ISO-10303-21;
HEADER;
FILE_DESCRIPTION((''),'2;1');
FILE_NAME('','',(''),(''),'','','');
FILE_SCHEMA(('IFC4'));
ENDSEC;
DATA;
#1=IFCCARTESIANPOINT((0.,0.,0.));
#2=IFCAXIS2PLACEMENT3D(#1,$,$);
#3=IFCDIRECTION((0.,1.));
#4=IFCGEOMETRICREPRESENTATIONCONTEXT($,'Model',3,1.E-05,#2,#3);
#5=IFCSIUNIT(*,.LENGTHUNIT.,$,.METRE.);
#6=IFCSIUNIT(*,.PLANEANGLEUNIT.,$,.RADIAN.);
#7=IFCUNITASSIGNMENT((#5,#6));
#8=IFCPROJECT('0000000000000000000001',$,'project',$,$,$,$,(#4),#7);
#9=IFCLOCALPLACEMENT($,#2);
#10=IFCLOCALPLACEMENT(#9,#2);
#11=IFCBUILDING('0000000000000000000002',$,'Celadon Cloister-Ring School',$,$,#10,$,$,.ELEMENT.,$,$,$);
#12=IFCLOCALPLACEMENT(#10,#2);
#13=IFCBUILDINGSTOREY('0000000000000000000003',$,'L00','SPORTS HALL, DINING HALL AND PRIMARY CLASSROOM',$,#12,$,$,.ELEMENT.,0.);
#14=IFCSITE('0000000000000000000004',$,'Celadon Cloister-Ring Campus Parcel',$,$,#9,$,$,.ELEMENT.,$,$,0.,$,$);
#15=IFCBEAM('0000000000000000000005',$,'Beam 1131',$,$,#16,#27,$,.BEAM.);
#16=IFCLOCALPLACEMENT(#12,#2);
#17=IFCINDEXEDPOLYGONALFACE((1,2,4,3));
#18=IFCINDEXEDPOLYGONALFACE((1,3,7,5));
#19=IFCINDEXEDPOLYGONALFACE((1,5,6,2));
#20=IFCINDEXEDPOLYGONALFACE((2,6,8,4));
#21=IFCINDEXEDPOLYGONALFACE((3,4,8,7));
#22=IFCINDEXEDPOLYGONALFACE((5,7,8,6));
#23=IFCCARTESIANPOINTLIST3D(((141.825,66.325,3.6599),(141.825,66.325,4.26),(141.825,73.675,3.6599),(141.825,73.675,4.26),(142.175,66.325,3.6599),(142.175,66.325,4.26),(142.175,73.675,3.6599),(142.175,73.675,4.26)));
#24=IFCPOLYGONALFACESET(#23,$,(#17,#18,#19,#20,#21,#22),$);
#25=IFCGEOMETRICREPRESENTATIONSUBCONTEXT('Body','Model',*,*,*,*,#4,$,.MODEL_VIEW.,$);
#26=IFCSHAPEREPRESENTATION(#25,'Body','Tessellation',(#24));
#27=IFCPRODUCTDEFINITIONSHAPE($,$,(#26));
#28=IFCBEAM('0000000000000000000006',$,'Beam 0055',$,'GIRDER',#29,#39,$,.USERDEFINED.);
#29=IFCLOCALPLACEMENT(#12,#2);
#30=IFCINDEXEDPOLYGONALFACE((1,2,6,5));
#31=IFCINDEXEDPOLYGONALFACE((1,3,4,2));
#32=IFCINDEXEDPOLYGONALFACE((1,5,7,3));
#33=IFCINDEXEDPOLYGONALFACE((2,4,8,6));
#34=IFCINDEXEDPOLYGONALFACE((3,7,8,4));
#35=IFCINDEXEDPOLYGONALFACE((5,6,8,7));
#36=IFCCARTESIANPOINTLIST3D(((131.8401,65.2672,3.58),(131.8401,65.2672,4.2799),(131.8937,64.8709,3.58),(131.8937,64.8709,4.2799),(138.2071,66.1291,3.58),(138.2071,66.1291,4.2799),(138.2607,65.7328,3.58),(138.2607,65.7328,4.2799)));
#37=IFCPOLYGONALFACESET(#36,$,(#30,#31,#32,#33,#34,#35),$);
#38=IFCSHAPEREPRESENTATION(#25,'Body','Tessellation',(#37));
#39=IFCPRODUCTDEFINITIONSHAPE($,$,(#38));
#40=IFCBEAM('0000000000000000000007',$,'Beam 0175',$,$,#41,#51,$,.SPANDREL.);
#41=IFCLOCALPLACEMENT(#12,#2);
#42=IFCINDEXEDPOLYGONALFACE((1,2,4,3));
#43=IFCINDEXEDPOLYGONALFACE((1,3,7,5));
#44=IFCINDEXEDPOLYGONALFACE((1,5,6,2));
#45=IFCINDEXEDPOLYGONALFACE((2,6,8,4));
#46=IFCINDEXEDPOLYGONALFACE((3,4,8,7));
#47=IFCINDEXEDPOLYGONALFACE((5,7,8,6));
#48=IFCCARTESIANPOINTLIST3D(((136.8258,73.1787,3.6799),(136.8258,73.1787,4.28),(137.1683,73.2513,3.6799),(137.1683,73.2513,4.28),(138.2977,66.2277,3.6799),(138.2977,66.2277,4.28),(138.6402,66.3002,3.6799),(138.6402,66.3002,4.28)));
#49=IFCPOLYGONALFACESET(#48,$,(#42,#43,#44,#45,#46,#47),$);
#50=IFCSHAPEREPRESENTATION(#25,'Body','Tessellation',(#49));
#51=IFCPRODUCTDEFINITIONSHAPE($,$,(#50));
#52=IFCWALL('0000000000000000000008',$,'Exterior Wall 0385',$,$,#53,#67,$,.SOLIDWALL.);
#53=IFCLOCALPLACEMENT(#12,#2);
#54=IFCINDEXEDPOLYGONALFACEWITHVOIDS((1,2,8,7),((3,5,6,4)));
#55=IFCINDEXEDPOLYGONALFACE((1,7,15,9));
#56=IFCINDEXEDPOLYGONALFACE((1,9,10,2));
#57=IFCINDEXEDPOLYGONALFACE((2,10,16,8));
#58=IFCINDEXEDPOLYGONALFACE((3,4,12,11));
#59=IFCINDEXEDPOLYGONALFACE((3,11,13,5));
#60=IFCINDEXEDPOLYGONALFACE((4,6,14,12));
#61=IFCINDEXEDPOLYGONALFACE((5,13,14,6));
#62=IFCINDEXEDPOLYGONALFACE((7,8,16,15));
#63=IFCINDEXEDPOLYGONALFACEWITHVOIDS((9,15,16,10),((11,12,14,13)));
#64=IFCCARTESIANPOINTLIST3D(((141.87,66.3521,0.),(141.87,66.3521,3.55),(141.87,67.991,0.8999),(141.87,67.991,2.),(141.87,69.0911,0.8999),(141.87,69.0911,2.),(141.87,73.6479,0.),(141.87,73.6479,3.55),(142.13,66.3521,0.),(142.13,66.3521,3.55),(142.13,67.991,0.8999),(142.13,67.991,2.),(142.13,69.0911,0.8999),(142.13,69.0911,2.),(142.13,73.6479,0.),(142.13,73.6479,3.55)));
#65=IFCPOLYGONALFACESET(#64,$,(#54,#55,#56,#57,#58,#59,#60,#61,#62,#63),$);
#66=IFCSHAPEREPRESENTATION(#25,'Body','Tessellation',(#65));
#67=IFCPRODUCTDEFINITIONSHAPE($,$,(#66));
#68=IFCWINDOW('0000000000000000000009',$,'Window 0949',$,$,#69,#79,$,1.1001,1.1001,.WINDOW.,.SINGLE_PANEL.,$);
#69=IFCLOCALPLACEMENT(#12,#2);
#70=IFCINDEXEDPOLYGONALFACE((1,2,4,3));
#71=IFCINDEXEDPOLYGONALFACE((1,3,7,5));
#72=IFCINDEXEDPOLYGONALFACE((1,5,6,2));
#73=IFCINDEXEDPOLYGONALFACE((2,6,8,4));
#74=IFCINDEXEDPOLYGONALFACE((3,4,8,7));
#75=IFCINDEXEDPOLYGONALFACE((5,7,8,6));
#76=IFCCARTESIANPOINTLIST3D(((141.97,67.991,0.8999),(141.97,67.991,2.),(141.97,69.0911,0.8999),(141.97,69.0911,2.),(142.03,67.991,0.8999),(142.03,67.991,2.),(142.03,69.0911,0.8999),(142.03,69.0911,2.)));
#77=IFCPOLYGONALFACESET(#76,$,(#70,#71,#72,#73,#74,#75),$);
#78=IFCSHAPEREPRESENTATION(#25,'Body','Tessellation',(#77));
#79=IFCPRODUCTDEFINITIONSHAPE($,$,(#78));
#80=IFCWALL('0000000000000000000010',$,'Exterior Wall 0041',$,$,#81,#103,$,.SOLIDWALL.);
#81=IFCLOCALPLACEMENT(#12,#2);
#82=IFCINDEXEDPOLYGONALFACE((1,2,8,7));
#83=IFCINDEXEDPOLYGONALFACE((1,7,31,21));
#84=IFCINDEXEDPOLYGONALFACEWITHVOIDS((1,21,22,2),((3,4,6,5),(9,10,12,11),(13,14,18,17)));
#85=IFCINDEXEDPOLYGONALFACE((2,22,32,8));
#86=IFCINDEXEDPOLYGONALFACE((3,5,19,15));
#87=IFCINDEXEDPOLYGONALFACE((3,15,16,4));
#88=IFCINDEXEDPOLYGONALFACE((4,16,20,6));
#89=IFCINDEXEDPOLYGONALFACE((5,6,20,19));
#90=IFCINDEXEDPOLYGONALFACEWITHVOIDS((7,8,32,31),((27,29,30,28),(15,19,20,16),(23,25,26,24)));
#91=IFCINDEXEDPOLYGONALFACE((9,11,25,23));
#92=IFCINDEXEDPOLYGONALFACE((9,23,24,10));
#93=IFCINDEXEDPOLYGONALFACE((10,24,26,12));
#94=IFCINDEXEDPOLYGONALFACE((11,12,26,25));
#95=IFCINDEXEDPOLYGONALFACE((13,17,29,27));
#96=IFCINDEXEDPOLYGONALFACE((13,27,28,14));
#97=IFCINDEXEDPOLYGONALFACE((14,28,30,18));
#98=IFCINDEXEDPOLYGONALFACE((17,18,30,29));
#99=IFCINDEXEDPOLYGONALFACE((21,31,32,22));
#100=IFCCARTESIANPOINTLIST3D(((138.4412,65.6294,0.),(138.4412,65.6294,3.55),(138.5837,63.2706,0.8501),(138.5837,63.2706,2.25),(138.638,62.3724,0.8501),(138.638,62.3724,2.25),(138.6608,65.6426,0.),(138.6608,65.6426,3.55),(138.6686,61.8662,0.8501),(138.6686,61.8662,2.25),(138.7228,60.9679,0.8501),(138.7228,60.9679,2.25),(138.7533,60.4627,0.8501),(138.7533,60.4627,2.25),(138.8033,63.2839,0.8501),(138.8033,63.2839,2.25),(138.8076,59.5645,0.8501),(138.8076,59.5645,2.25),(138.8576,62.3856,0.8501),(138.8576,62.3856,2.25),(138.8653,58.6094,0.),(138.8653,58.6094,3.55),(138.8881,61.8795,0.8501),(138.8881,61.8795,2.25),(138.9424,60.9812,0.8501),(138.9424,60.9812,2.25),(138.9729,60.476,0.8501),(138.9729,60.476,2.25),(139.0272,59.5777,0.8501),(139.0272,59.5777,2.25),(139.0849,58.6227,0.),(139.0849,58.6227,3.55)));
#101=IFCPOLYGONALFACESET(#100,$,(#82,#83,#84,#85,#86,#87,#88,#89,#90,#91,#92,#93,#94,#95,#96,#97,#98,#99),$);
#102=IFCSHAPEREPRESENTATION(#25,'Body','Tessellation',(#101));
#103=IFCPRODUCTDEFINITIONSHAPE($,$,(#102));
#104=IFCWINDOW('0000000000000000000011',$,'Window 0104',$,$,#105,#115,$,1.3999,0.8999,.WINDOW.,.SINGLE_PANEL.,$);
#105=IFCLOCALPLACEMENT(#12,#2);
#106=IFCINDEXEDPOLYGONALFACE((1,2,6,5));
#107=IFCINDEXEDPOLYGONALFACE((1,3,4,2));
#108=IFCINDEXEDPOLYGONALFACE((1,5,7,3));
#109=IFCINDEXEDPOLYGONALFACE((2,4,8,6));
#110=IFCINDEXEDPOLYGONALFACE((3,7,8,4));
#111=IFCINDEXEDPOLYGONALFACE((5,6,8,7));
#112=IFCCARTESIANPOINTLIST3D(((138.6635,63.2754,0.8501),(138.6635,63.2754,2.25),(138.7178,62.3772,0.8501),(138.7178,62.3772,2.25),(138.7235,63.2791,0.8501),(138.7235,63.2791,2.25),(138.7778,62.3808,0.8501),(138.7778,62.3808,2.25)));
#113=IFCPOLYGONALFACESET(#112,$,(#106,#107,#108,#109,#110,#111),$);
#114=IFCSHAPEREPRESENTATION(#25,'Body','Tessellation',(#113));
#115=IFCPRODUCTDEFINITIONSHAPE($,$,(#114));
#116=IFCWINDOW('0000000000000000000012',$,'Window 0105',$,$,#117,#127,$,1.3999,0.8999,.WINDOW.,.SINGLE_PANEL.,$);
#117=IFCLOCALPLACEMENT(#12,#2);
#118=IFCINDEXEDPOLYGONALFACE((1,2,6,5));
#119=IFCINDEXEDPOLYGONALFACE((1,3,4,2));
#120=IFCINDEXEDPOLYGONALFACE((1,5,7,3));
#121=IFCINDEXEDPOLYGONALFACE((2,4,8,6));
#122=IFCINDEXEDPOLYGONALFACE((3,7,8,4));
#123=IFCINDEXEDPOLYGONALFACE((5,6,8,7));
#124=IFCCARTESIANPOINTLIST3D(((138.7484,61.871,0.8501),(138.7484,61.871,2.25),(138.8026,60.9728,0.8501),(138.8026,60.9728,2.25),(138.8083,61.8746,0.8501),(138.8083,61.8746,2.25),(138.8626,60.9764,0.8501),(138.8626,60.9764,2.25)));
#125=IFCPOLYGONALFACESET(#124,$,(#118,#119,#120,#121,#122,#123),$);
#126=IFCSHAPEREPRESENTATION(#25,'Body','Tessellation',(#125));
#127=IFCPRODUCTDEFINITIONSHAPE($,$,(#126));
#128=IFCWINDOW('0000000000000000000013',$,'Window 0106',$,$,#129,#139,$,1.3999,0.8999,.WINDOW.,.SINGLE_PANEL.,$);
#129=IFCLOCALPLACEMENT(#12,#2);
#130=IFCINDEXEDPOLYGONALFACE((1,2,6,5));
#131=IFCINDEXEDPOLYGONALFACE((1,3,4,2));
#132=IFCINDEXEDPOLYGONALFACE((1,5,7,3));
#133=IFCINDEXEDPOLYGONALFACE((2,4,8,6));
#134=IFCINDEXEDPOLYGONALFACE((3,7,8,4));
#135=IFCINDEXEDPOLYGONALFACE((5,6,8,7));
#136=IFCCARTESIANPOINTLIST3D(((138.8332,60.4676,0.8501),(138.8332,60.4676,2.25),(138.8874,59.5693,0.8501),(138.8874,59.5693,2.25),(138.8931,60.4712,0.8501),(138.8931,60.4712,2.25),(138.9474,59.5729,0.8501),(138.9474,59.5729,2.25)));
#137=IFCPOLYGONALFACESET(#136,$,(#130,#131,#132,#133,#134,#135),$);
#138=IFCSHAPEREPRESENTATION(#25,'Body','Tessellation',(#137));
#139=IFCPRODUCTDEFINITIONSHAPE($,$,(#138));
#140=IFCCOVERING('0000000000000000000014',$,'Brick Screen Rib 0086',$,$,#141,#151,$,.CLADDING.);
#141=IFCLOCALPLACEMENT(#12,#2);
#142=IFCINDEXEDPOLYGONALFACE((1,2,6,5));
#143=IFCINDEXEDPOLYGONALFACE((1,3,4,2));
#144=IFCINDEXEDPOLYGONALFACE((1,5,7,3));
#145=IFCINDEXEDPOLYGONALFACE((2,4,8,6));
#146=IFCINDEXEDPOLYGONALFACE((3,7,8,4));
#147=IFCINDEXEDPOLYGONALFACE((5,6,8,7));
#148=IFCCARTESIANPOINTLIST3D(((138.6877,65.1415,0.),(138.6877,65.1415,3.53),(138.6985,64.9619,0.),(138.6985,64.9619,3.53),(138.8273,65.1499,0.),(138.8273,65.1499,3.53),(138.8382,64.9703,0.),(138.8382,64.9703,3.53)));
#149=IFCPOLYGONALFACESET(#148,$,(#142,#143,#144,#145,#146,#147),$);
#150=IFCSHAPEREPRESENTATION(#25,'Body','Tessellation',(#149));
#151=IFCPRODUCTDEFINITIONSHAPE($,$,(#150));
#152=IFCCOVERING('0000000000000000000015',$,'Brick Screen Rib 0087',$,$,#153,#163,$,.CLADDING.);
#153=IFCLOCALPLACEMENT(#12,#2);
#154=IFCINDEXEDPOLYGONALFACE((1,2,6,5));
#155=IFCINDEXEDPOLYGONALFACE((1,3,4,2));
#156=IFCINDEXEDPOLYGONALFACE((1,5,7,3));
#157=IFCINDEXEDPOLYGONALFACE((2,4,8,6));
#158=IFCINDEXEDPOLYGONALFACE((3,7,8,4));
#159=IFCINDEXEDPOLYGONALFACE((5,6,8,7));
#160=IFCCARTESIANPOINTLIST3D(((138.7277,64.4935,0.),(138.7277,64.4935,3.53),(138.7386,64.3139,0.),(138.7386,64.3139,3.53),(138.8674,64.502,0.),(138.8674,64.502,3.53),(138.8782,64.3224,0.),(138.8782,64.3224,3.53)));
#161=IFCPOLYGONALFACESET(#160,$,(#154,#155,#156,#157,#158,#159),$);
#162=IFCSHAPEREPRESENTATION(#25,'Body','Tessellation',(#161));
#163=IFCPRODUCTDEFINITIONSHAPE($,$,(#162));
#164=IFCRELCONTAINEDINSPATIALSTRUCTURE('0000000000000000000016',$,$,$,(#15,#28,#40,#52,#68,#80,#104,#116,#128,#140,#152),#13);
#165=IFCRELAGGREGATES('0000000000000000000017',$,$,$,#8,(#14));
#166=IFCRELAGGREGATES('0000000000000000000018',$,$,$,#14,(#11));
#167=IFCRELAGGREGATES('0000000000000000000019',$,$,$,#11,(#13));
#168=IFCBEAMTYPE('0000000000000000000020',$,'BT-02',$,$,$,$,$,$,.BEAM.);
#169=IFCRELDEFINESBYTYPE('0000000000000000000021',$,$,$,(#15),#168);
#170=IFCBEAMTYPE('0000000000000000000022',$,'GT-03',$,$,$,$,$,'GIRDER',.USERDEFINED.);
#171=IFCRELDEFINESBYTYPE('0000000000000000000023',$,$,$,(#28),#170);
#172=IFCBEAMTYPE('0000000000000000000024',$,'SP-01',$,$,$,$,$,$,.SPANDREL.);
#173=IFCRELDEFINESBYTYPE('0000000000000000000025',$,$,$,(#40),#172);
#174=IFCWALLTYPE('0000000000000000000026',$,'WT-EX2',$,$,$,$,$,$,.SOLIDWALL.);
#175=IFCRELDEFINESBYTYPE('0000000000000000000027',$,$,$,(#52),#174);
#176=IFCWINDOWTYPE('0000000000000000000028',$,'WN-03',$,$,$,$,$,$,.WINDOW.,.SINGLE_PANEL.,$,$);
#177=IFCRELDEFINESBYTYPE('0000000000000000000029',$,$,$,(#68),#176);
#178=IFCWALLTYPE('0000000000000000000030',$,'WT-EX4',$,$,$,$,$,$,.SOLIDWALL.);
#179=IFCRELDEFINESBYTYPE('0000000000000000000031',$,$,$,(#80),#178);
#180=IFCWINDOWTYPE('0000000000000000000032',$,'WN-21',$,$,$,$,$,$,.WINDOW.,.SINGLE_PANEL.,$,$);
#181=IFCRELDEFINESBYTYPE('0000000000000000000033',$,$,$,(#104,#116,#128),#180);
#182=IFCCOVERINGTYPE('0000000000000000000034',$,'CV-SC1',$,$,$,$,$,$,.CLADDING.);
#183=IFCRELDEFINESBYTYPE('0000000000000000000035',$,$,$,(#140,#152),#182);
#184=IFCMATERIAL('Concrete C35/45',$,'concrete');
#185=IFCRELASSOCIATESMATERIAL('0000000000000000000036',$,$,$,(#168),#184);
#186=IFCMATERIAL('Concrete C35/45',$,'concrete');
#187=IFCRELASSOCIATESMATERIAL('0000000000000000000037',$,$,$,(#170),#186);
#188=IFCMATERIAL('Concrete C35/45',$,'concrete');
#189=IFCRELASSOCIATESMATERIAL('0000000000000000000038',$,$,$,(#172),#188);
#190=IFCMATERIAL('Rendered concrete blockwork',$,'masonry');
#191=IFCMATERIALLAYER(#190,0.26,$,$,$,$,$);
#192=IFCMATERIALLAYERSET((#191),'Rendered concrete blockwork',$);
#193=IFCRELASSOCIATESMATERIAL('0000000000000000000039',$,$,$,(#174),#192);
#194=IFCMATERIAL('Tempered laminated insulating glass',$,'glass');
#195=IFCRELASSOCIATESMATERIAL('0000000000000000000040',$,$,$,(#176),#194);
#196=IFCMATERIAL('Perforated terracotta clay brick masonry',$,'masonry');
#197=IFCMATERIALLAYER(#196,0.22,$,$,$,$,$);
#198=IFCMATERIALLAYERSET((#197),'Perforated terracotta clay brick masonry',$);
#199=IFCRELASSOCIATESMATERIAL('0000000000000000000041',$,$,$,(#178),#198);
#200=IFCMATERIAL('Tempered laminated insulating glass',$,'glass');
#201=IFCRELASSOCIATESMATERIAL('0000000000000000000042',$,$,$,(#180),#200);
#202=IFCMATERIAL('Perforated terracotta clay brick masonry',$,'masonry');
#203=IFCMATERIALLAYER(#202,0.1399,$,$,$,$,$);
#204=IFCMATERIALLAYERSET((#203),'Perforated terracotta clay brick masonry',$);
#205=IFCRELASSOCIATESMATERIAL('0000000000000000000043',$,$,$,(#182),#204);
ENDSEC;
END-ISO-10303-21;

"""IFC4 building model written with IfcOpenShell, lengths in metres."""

from ifc_helpers import new_model, si_unit, direction, frame, frame_2d, origin, origin_2d, place, context, subcontext, project, spatial, rectangle, extrude, material, layer, layer_set, material_profile, profile_set, type_object, element, fill, save


model = new_model("IFC4")

# Units and contexts
model_context = context("Model", 3, precision=1e-05, world=origin(), true_north=direction((0.0, 1.0)))
body_context = subcontext(model_context, "Body", "Model", "MODEL_VIEW")
ifc_project = project(units=[si_unit("LENGTHUNIT", "METRE"), si_unit("PLANEANGLEUNIT", "RADIAN")], contexts=[model_context])

# Site, building, storey
site_placement = place(None, origin())
site = spatial("IfcSite", under=ifc_project, at=site_placement, Name="Celadon Cloister-Ring Campus Parcel", CompositionType="ELEMENT", RefElevation=0.0)
building_placement = place(site_placement, origin())
building = spatial("IfcBuilding", under=site, at=building_placement, Name="Celadon Cloister-Ring School", CompositionType="ELEMENT")
storey_placement = place(building_placement, origin())
storey = spatial("IfcBuildingStorey", under=building, at=storey_placement, Name="L00", Description="SPORTS HALL, DINING HALL AND PRIMARY CLASSROOM", CompositionType="ELEMENT", Elevation=0.0)

# Beams
ifc_material_1 = material(Name="Concrete C35/45", Category="concrete")
ifc_material_profile_1 = material_profile(ifc_material_1, rectangle(XDim=0.3501, YDim=0.6001, at=origin_2d()), Name="RC350X600")
ifc_profile_set_1 = profile_set([ifc_material_profile_1], Name="Concrete C35/45")
beam_type_1 = type_object("IfcBeamType", Name="BT-02", PredefinedType="BEAM", material=ifc_profile_set_1)
beam_1_placement = place(storey_placement, frame((142.0, 66.325, 3.96), z_axis=(0.0, 1.0, 0.0), x_axis=(-1.0, 0.0, 0.0)))
element("IfcBeam", 1, at=beam_1_placement, inside=storey, type_object=beam_type_1, Name="Beam 1131", PredefinedType="BEAM", context=body_context, shape_type="SweptSolid", body=[
    extrude(rectangle(XDim=0.3501, YDim=0.6001, at=origin_2d()), origin(), (0.0, 0.0, 1.0), 7.3501),
])
ifc_material_2 = material(Name="Concrete C35/45", Category="concrete")
ifc_material_profile_2 = material_profile(ifc_material_2, rectangle(XDim=0.3999, YDim=0.7, at=origin_2d()), Name="RC400X700")
ifc_profile_set_2 = profile_set([ifc_material_profile_2], Name="Concrete C35/45")
beam_type_2 = type_object("IfcBeamType", Name="GT-03", ElementType="GIRDER", PredefinedType="USERDEFINED", material=ifc_profile_set_2)
beam_2_placement = place(storey_placement, frame((138.2339, 65.9309, 3.9299), z_axis=(-0.990963, -0.134135, 0.0), x_axis=(0.134135, -0.990963, 0.0)))
element("IfcBeam", 2, at=beam_2_placement, inside=storey, type_object=beam_type_2, Name="Beam 0055", ObjectType="GIRDER", PredefinedType="USERDEFINED", context=body_context, shape_type="SweptSolid", body=[
    extrude(rectangle(XDim=0.3999, YDim=0.7, at=origin_2d()), origin(), (0.0, 0.0, 1.0), 6.425),
])
ifc_material_3 = material(Name="Concrete C35/45", Category="concrete")
ifc_material_profile_3 = material_profile(ifc_material_3, rectangle(XDim=0.3501, YDim=0.6001, at=origin_2d()), Name="RC350X600")
ifc_profile_set_3 = profile_set([ifc_material_profile_3], Name="Concrete C35/45")
beam_type_3 = type_object("IfcBeamType", Name="SP-01", PredefinedType="SPANDREL", material=ifc_profile_set_3)
beam_3_placement = place(storey_placement, frame((138.469, 66.2639, 3.98), z_axis=(-0.207158, 0.978307, 0.0), x_axis=(-0.978307, -0.207158, 0.0)))
element("IfcBeam", 3, at=beam_3_placement, inside=storey, type_object=beam_type_3, Name="Beam 0175", PredefinedType="SPANDREL", context=body_context, shape_type="SweptSolid", body=[
    extrude(rectangle(XDim=0.3501, YDim=0.6001, at=origin_2d()), origin(), (0.0, 0.0, 1.0), 7.1052),
])

# Wall, opening, window
ifc_material_4 = material(Name="Rendered concrete blockwork", Category="masonry")
ifc_layer_1 = layer(ifc_material_4, 0.26)
ifc_layer_set_1 = layer_set([ifc_layer_1], Name="Rendered concrete blockwork")
wall_type_1 = type_object("IfcWallType", Name="WT-EX2", PredefinedType="SOLIDWALL", material=ifc_layer_set_1)
wall_1_placement = place(storey_placement, frame((142.0, 66.3521, 0.0), z_axis=(0.0, 0.0, 1.0), x_axis=(0.0, 1.0, 0.0)))
wall_1 = element("IfcWall", 4, at=wall_1_placement, inside=storey, type_object=wall_type_1, Name="Exterior Wall 0385", PredefinedType="SOLIDWALL", context=body_context, shape_type="SweptSolid", body=[
    extrude(rectangle(XDim=7.2959, YDim=0.26, at=frame_2d((3.6479, 0.0))), origin(), (0.0, 0.0, 1.0), 3.55),
])
opening_1_placement = place(wall_1_placement, frame((1.6389, 0.0, 0.8999)))
opening_1 = element("IfcOpeningElement", 5, at=opening_1_placement, cuts=wall_1, PredefinedType="OPENING", context=body_context, shape_type="SweptSolid", body=[
    extrude(rectangle(XDim=1.1001, YDim=1.1001, at=frame_2d((0.55, 0.55))), frame((0.0, 0.1401, 0.0), z_axis=(0.0, -1.0, 0.0), x_axis=(1.0, 0.0, 0.0)), (0.0, 0.0, 1.0), 0.28),
])
ifc_material_5 = material(Name="Tempered laminated insulating glass", Category="glass")
window_type_1 = type_object("IfcWindowType", Name="WN-03", PartitioningType="SINGLE_PANEL", PredefinedType="WINDOW", material=ifc_material_5)
window_1_placement = place(opening_1_placement, origin())
window_1 = element("IfcWindow", 6, at=window_1_placement, inside=storey, type_object=window_type_1, Name="Window 0949", OverallHeight=1.1001, OverallWidth=1.1001, PartitioningType="SINGLE_PANEL", PredefinedType="WINDOW", context=body_context, shape_type="SweptSolid", body=[
    extrude(rectangle(XDim=1.1001, YDim=1.1001, at=frame_2d((0.55, 0.55))), frame((0.0, 0.03, 0.0), z_axis=(0.0, -1.0, 0.0), x_axis=(1.0, 0.0, 0.0)), (0.0, 0.0, 1.0), 0.0601),
])
fill(opening_1, window_1)

# Wall, openings, windows
ifc_material_6 = material(Name="Perforated terracotta clay brick masonry", Category="masonry")
ifc_layer_2 = layer(ifc_material_6, 0.22)
ifc_layer_set_2 = layer_set([ifc_layer_2], Name="Perforated terracotta clay brick masonry")
wall_type_2 = type_object("IfcWallType", Name="WT-EX4", PredefinedType="SOLIDWALL", material=ifc_layer_set_2)
wall_2_placement = place(storey_placement, frame((138.551, 65.636, 0.0), z_axis=(0.0, 0.0, 1.0), x_axis=(0.060299, -0.99818, 0.0)))
wall_2 = element("IfcWall", 7, at=wall_2_placement, inside=storey, type_object=wall_type_2, Name="Exterior Wall 0041", PredefinedType="SOLIDWALL", context=body_context, shape_type="SweptSolid", body=[
    extrude(rectangle(XDim=7.0327, YDim=0.22, at=frame_2d((3.5164, 0.0))), origin(), (0.0, 0.0, 1.0), 3.55),
])
opening_2_placement = place(wall_2_placement, frame((2.363, 0.0, 0.8501)))
opening_2 = element("IfcOpeningElement", 8, at=opening_2_placement, cuts=wall_2, PredefinedType="OPENING", context=body_context, shape_type="SweptSolid", body=[
    extrude(rectangle(XDim=0.8999, YDim=1.3999, at=frame_2d((0.45, 0.7))), frame((0.0, 0.1201, 0.0), z_axis=(0.0, -1.0, 0.0), x_axis=(1.0, 0.0, 0.0)), (0.0, 0.0, 1.0), 0.24),
])
opening_3_placement = place(wall_2_placement, frame((3.77, 0.0, 0.8501)))
opening_3 = element("IfcOpeningElement", 9, at=opening_3_placement, cuts=wall_2, PredefinedType="OPENING", context=body_context, shape_type="SweptSolid", body=[
    extrude(rectangle(XDim=0.8999, YDim=1.3999, at=frame_2d((0.45, 0.7))), frame((0.0, 0.1201, 0.0), z_axis=(0.0, -1.0, 0.0), x_axis=(1.0, 0.0, 0.0)), (0.0, 0.0, 1.0), 0.24),
])
opening_4_placement = place(wall_2_placement, frame((5.176, 0.0, 0.8501)))
opening_4 = element("IfcOpeningElement", 10, at=opening_4_placement, cuts=wall_2, PredefinedType="OPENING", context=body_context, shape_type="SweptSolid", body=[
    extrude(rectangle(XDim=0.8999, YDim=1.3999, at=frame_2d((0.45, 0.7))), frame((0.0, 0.1201, 0.0), z_axis=(0.0, -1.0, 0.0), x_axis=(1.0, 0.0, 0.0)), (0.0, 0.0, 1.0), 0.24),
])
ifc_material_7 = material(Name="Tempered laminated insulating glass", Category="glass")
window_type_2 = type_object("IfcWindowType", Name="WN-21", PartitioningType="SINGLE_PANEL", PredefinedType="WINDOW", material=ifc_material_7)
window_2_placement = place(opening_2_placement, origin())
window_2 = element("IfcWindow", 11, at=window_2_placement, inside=storey, type_object=window_type_2, Name="Window 0104", OverallHeight=1.3999, OverallWidth=0.8999, PartitioningType="SINGLE_PANEL", PredefinedType="WINDOW", context=body_context, shape_type="SweptSolid", body=[
    extrude(rectangle(XDim=0.8999, YDim=1.3999, at=frame_2d((0.45, 0.7))), frame((0.0, 0.03, 0.0), z_axis=(0.0, -1.0, 0.0), x_axis=(1.0, 0.0, 0.0)), (0.0, 0.0, 1.0), 0.0601),
])
fill(opening_2, window_2)
window_3_placement = place(opening_3_placement, origin())
window_3 = element("IfcWindow", 12, at=window_3_placement, inside=storey, type_object=window_type_2, Name="Window 0105", OverallHeight=1.3999, OverallWidth=0.8999, PartitioningType="SINGLE_PANEL", PredefinedType="WINDOW", context=body_context, shape_type="SweptSolid", body=[
    extrude(rectangle(XDim=0.8999, YDim=1.3999, at=frame_2d((0.45, 0.7))), frame((0.0, 0.03, 0.0), z_axis=(0.0, -1.0, 0.0), x_axis=(1.0, 0.0, 0.0)), (0.0, 0.0, 1.0), 0.0601),
])
fill(opening_3, window_3)
window_4_placement = place(opening_4_placement, origin())
window_4 = element("IfcWindow", 13, at=window_4_placement, inside=storey, type_object=window_type_2, Name="Window 0106", OverallHeight=1.3999, OverallWidth=0.8999, PartitioningType="SINGLE_PANEL", PredefinedType="WINDOW", context=body_context, shape_type="SweptSolid", body=[
    extrude(rectangle(XDim=0.8999, YDim=1.3999, at=frame_2d((0.45, 0.7))), frame((0.0, 0.03, 0.0), z_axis=(0.0, -1.0, 0.0), x_axis=(1.0, 0.0, 0.0)), (0.0, 0.0, 1.0), 0.0601),
])
fill(opening_4, window_4)

# Coverings
ifc_material_8 = material(Name="Perforated terracotta clay brick masonry", Category="masonry")
ifc_layer_3 = layer(ifc_material_8, 0.1399)
ifc_layer_set_3 = layer_set([ifc_layer_3], Name="Perforated terracotta clay brick masonry")
covering_type = type_object("IfcCoveringType", Name="CV-SC1", PredefinedType="CLADDING", material=ifc_layer_set_3)
for number, where, z_axis, x_axis, name in (
    (14, (138.7629, 65.0559, 0.0), (0.0, 0.0, 1.0), (0.060282, -0.998181, 0.0), "Brick Screen Rib 0086"),
    (15, (138.803, 64.408, 0.0), (0.0, 0.0, 1.0), (0.060282, -0.998181, 0.0), "Brick Screen Rib 0087"),
):
    element("IfcCovering", number, at=place(storey_placement, frame(where, z_axis=z_axis, x_axis=x_axis)), inside=storey, type_object=covering_type, Name=name, PredefinedType="CLADDING", context=body_context, shape_type="SweptSolid", body=[
        extrude(rectangle(XDim=0.1799, YDim=0.1399, at=origin_2d()), origin(), (0.0, 0.0, 1.0), 3.53),
    ])

save(model, "model.ifc")
